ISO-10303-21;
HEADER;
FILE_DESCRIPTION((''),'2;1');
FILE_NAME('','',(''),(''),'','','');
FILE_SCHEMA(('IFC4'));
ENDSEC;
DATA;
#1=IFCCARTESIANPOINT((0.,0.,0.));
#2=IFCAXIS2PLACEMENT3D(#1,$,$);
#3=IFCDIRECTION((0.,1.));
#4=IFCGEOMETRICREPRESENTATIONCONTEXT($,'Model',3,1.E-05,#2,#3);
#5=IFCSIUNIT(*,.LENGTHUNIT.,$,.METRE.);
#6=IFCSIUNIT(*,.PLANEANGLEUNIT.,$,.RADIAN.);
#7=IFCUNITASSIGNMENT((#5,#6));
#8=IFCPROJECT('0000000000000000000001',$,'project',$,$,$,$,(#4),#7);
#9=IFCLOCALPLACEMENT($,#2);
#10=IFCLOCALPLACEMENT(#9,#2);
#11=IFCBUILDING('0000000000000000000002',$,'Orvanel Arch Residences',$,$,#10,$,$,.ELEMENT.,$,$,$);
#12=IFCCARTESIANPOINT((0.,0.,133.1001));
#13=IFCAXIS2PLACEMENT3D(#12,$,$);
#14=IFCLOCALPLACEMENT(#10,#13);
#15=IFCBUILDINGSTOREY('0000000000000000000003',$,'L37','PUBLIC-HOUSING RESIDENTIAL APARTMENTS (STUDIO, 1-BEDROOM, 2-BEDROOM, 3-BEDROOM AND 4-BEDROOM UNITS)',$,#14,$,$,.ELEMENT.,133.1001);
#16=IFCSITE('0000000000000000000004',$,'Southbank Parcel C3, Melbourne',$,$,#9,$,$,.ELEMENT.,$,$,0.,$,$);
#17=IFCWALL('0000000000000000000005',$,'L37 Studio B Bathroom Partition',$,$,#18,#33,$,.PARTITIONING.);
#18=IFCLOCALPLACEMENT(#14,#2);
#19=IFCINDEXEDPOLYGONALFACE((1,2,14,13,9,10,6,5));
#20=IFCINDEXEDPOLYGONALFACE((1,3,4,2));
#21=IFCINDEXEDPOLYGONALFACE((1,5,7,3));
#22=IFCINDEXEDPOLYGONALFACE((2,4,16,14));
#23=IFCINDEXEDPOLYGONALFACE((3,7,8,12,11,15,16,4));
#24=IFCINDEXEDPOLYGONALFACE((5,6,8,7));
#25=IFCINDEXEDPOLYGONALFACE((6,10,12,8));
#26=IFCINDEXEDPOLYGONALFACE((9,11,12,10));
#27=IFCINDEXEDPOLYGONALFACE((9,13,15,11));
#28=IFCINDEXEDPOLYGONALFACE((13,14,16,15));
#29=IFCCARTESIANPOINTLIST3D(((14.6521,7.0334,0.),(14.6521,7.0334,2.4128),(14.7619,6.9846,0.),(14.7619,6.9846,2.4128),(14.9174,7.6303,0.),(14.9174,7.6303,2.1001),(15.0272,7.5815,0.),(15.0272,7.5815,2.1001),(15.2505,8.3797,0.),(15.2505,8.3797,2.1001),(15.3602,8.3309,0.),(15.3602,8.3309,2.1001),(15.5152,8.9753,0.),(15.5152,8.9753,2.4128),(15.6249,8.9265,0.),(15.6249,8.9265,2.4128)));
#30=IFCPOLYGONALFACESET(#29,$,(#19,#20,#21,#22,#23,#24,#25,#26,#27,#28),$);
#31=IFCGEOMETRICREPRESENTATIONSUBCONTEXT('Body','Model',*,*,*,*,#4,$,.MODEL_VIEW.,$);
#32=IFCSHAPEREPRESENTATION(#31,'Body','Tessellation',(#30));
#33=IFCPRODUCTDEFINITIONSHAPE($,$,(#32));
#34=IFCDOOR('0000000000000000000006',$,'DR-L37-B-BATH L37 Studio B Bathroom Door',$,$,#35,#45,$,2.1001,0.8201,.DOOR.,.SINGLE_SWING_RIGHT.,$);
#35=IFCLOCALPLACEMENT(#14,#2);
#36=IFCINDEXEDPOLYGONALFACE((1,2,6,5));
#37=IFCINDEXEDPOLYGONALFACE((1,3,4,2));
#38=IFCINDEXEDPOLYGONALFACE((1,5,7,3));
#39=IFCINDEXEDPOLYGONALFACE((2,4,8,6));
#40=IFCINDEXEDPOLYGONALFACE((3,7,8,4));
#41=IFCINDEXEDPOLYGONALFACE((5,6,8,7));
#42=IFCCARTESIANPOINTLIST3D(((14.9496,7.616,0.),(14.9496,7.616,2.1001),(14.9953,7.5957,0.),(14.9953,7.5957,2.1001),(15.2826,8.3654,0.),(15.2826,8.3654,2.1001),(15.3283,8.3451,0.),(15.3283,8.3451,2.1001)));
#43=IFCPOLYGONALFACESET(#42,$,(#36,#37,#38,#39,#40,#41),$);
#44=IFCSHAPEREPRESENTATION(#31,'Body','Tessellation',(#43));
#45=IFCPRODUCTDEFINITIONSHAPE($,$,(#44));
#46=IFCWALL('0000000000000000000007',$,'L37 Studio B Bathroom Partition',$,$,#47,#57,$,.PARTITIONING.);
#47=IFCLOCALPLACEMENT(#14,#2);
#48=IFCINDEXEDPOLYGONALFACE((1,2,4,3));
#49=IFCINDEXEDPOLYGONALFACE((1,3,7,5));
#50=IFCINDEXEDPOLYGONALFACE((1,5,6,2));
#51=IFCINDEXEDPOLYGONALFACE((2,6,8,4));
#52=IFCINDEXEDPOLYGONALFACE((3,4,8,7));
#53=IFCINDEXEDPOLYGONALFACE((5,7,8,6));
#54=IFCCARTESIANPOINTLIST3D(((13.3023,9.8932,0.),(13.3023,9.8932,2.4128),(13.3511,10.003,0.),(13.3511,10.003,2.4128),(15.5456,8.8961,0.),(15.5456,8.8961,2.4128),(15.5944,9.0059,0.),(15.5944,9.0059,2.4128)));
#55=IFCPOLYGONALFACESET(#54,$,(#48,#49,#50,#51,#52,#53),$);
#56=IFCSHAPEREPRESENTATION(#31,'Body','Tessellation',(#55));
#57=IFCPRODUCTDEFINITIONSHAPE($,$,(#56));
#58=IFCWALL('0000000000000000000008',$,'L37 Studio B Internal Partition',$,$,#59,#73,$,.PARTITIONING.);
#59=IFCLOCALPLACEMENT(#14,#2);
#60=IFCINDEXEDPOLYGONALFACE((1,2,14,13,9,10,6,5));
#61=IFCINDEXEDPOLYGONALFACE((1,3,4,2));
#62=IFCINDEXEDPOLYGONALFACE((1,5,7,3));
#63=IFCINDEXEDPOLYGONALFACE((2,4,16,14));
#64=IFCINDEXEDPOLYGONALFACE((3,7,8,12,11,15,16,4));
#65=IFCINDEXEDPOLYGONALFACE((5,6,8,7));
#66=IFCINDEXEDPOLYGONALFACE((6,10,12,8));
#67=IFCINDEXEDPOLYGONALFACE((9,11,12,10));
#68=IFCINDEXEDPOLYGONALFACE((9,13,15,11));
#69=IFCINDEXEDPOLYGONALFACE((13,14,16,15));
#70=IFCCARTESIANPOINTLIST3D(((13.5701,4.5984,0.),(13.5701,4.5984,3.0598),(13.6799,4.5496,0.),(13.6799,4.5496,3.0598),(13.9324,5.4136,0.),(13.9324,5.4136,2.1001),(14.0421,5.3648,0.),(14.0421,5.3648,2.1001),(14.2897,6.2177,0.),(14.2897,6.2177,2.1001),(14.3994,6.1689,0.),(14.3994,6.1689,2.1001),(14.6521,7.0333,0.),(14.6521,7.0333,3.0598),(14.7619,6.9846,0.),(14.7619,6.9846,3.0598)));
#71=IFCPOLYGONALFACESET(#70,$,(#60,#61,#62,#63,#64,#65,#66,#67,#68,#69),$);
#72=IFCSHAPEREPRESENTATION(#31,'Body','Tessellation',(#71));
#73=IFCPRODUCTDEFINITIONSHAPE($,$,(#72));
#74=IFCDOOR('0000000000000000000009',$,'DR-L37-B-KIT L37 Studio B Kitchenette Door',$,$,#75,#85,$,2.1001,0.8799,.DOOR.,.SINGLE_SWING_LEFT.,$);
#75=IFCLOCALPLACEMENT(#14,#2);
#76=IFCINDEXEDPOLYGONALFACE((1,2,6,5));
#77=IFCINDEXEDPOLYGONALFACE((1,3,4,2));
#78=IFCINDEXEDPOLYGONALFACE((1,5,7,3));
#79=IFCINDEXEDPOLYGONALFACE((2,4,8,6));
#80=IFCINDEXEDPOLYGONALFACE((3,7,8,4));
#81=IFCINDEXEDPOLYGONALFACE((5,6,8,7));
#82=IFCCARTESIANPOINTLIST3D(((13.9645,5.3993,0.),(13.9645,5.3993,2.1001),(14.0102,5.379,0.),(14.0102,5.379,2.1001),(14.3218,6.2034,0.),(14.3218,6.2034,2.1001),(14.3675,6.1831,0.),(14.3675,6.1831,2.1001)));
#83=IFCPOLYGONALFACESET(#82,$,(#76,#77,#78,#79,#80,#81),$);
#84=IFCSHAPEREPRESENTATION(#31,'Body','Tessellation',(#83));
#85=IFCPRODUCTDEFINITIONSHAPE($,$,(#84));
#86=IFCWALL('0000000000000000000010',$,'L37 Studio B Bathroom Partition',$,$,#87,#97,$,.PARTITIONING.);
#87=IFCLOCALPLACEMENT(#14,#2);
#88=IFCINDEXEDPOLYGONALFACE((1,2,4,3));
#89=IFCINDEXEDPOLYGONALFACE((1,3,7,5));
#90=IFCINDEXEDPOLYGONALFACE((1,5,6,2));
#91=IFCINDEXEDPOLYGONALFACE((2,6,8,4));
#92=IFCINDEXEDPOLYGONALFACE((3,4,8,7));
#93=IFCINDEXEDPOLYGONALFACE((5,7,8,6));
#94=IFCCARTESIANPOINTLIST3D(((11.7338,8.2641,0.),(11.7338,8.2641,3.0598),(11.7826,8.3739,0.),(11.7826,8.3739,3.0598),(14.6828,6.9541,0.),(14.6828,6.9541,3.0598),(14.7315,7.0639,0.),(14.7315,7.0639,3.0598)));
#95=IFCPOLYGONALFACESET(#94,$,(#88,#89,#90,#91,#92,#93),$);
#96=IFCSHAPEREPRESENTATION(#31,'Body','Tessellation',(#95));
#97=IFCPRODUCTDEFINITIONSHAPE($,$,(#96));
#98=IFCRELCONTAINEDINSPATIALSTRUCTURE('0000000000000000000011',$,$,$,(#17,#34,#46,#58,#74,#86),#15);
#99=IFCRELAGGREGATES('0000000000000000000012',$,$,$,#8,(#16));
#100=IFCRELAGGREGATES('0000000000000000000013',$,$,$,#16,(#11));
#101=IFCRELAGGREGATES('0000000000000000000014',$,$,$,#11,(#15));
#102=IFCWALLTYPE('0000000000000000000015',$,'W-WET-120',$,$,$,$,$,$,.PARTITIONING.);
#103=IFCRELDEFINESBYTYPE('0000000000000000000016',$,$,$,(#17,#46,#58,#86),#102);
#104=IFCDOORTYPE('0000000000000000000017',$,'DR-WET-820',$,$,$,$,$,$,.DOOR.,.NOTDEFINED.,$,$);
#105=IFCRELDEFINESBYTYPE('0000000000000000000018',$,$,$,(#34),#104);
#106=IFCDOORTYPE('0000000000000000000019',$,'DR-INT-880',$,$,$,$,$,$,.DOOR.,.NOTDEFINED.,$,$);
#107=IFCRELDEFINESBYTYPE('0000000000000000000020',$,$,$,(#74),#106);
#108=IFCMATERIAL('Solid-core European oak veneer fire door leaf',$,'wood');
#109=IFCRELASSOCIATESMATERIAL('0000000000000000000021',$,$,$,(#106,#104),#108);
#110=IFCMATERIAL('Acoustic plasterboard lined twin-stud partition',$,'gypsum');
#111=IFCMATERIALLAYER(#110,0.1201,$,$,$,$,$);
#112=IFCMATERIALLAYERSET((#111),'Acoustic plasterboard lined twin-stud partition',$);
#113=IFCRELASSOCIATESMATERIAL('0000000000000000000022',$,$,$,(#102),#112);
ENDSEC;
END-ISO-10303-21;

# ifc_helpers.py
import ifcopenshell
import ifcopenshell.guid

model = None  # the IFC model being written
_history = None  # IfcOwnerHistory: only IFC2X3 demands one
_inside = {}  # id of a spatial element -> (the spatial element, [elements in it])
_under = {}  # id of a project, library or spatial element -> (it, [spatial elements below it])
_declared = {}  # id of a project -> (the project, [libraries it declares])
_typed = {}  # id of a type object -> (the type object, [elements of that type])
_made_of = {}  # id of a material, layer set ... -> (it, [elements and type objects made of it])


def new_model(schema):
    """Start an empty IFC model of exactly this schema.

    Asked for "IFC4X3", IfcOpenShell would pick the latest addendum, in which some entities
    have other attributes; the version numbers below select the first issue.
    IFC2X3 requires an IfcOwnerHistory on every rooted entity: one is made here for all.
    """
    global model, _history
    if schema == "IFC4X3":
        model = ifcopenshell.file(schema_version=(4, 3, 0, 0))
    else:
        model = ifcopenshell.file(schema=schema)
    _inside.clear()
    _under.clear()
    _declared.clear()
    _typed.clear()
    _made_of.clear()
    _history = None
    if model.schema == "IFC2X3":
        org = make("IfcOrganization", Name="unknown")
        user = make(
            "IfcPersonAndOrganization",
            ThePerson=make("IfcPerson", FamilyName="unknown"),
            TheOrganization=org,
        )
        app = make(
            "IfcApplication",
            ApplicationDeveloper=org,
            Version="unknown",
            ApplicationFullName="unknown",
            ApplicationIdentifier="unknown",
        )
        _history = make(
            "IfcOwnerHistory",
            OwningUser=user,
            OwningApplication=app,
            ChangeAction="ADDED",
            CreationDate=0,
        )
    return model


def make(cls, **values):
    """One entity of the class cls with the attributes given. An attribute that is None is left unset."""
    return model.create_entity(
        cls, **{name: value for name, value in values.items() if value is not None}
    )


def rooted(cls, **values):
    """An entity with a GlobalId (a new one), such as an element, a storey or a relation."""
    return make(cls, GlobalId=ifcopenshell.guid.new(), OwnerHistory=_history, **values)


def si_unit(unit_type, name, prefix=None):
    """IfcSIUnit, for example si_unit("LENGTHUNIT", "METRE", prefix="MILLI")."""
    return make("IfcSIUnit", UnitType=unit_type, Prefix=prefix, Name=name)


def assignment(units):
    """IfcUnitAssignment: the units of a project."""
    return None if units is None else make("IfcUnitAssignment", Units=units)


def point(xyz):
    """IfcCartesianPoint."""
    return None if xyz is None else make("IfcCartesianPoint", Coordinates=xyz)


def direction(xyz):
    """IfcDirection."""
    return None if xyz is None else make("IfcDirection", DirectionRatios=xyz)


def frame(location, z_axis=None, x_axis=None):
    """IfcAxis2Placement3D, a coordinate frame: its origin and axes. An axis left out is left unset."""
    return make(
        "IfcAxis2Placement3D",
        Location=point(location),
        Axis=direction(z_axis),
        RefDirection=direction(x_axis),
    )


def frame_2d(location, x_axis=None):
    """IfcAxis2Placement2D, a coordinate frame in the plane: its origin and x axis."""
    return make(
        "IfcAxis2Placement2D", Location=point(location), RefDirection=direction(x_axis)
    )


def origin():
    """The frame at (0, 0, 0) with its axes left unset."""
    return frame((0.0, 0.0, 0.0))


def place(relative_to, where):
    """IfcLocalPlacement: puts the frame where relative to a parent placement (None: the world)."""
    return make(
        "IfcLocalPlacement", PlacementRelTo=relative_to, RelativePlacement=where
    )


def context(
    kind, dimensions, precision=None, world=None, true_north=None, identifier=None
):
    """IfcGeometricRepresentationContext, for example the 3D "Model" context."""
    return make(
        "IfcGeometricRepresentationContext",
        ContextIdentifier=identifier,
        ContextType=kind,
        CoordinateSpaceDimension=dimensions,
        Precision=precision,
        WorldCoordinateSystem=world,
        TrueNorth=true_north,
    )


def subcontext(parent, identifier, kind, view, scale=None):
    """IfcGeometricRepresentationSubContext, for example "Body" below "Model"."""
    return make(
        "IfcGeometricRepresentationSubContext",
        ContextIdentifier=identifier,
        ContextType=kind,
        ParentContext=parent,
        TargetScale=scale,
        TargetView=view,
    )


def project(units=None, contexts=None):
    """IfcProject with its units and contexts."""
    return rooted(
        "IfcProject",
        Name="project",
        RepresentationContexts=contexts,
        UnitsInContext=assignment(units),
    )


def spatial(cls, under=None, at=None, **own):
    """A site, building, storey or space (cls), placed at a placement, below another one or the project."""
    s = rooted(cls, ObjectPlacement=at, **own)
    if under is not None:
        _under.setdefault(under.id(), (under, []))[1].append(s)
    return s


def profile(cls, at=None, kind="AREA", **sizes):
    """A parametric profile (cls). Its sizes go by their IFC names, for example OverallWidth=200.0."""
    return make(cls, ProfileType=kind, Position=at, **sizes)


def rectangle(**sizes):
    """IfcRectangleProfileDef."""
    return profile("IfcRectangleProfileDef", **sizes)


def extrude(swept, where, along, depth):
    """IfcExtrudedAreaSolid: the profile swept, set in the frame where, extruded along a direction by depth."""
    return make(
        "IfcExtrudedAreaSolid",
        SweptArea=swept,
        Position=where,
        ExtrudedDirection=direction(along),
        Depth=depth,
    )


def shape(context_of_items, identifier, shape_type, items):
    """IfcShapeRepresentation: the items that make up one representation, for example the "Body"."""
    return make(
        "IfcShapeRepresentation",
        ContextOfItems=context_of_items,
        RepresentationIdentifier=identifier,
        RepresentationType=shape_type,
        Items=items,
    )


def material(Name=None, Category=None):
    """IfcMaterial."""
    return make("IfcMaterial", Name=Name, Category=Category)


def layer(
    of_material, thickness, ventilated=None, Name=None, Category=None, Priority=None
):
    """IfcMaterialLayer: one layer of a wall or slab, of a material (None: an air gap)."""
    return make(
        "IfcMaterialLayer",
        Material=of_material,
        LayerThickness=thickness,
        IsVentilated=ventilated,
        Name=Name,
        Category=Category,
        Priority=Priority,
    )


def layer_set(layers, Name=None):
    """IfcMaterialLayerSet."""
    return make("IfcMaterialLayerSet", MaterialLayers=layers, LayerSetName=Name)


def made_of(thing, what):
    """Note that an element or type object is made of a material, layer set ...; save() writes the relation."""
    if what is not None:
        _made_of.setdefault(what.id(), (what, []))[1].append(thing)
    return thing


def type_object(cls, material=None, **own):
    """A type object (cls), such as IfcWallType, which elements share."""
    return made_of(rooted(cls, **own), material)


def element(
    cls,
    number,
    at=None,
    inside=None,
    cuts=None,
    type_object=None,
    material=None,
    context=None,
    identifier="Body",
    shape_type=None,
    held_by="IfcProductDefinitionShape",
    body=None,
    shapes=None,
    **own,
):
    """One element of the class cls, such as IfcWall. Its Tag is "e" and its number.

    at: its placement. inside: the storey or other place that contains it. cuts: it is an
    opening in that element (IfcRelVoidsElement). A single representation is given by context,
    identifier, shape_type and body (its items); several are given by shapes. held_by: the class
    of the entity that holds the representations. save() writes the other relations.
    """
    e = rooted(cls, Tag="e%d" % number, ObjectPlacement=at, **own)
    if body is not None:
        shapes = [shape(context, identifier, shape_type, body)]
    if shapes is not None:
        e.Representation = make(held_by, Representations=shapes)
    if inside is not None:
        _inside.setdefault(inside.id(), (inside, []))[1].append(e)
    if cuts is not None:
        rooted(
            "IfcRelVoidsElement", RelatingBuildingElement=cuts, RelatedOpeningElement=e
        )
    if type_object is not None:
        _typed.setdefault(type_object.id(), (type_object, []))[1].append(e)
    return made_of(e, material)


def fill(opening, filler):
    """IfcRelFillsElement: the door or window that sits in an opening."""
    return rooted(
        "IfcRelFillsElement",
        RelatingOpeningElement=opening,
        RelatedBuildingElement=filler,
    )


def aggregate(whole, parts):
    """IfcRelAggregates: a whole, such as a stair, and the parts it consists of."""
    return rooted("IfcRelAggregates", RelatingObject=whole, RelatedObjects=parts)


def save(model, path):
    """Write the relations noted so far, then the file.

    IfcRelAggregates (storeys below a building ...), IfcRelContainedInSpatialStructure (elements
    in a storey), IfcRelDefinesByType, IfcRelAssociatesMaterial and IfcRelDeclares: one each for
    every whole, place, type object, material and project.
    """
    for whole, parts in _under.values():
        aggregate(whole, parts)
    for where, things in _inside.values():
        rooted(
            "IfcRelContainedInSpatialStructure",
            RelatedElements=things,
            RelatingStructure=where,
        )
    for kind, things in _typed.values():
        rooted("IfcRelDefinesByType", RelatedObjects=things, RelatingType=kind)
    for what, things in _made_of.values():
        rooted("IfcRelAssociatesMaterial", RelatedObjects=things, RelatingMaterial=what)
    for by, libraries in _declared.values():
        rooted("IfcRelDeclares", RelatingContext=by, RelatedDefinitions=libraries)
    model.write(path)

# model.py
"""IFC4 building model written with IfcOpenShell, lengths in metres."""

from ifc_helpers import new_model, si_unit, direction, frame, frame_2d, origin, place, context, subcontext, project, spatial, rectangle, extrude, material, layer, layer_set, type_object, element, fill, save


model = new_model("IFC4")

# Units and contexts
model_context = context("Model", 3, precision=1e-05, world=origin(), true_north=direction((0.0, 1.0)))
body_context = subcontext(model_context, "Body", "Model", "MODEL_VIEW")
ifc_project = project(units=[si_unit("LENGTHUNIT", "METRE"), si_unit("PLANEANGLEUNIT", "RADIAN")], contexts=[model_context])

# Site, building, storey
site_placement = place(None, origin())
site = spatial("IfcSite", under=ifc_project, at=site_placement, Name="Southbank Parcel C3, Melbourne", CompositionType="ELEMENT", RefElevation=0.0)
building_placement = place(site_placement, origin())
building = spatial("IfcBuilding", under=site, at=building_placement, Name="Orvanel Arch Residences", CompositionType="ELEMENT")
storey_placement = place(building_placement, frame((0.0, 0.0, 133.1001)))
storey = spatial("IfcBuildingStorey", under=building, at=storey_placement, Name="L37", Description="PUBLIC-HOUSING RESIDENTIAL APARTMENTS (STUDIO, 1-BEDROOM, 2-BEDROOM, 3-BEDROOM AND 4-BEDROOM UNITS)", CompositionType="ELEMENT", Elevation=133.1001)

# Shared definitions
ifc_material_1 = material(Name="Solid-core European oak veneer fire door leaf", Category="wood")
door_type_1 = type_object("IfcDoorType", Name="DR-INT-880", OperationType="NOTDEFINED", PredefinedType="DOOR", material=ifc_material_1)
door_type_2 = type_object("IfcDoorType", Name="DR-WET-820", OperationType="NOTDEFINED", PredefinedType="DOOR", material=ifc_material_1)

# Wall, opening, door
ifc_material_2 = material(Name="Acoustic plasterboard lined twin-stud partition", Category="gypsum")
ifc_layer_1 = layer(ifc_material_2, 0.1201)
ifc_layer_set_1 = layer_set([ifc_layer_1], Name="Acoustic plasterboard lined twin-stud partition")
wall_type_1 = type_object("IfcWallType", Name="W-WET-120", PredefinedType="PARTITIONING", material=ifc_layer_set_1)
wall_1_placement = place(storey_placement, frame((14.707, 7.009, 0.0), z_axis=(0.0, 0.0, 1.0), x_axis=(0.406128, 0.913816, 0.0)))
wall_1 = element("IfcWall", 1, at=wall_1_placement, inside=storey, type_object=wall_type_1, Name="L37 Studio B Bathroom Partition", PredefinedType="PARTITIONING", context=body_context, shape_type="SweptSolid", body=[
    extrude(rectangle(XDim=2.125, YDim=0.1201, at=frame_2d((1.0625, 0.0))), origin(), (0.0, 0.0, 1.0), 2.4128),
])
opening_1_placement = place(wall_1_placement, frame((0.6531, 0.0, 0.0)))
opening_1 = element("IfcOpeningElement", 2, at=opening_1_placement, cuts=wall_1, PredefinedType="OPENING", context=body_context, shape_type="SweptSolid", body=[
    extrude(rectangle(XDim=0.8201, YDim=2.1001, at=frame_2d((0.4102, 1.05))), frame((0.0, 0.0701, 0.0), z_axis=(0.0, -1.0, 0.0), x_axis=(1.0, 0.0, 0.0)), (0.0, 0.0, 1.0), 0.1401),
])
door_1_placement = place(opening_1_placement, origin())
door_1 = element("IfcDoor", 3, at=door_1_placement, inside=storey, type_object=door_type_2, Name="DR-L37-B-BATH L37 Studio B Bathroom Door", OperationType="SINGLE_SWING_RIGHT", OverallHeight=2.1001, OverallWidth=0.8201, PredefinedType="DOOR", context=body_context, shape_type="SweptSolid", body=[
    extrude(rectangle(XDim=0.8201, YDim=2.1001, at=frame_2d((0.4102, 1.05))), frame((0.0, 0.0249, 0.0), z_axis=(0.0, -1.0, 0.0), x_axis=(1.0, 0.0, 0.0)), (0.0, 0.0, 1.0), 0.05),
])
fill(opening_1, door_1)

# Wall
wall_2_placement = place(storey_placement, frame((15.5701, 8.9509, 0.0), z_axis=(0.0, 0.0, 1.0), x_axis=(-0.913795, 0.406175, 0.0)))
element("IfcWall", 4, at=wall_2_placement, inside=storey, type_object=wall_type_1, Name="L37 Studio B Bathroom Partition", PredefinedType="PARTITIONING", context=body_context, shape_type="SweptSolid", body=[
    extrude(rectangle(XDim=2.4548, YDim=0.1201, at=frame_2d((1.2275, 0.0))), origin(), (0.0, 0.0, 1.0), 2.4128),
])

# Wall, opening, door
wall_3_placement = place(storey_placement, frame((13.625, 4.574, 0.0), z_axis=(0.0, 0.0, 1.0), x_axis=(0.40607, 0.913842, 0.0)))
wall_3 = element("IfcWall", 5, at=wall_3_placement, inside=storey, type_object=wall_type_1, Name="L37 Studio B Internal Partition", PredefinedType="PARTITIONING", context=body_context, shape_type="SweptSolid", body=[
    extrude(rectangle(XDim=2.6646, YDim=0.1201, at=frame_2d((1.3323, 0.0))), origin(), (0.0, 0.0, 1.0), 3.0598),
])
opening_2_placement = place(wall_3_placement, frame((0.8921, 0.0, 0.0)))
opening_2 = element("IfcOpeningElement", 6, at=opening_2_placement, cuts=wall_3, PredefinedType="OPENING", context=body_context, shape_type="SweptSolid", body=[
    extrude(rectangle(XDim=0.8799, YDim=2.1001, at=frame_2d((0.4399, 1.05))), frame((0.0, 0.0701, 0.0), z_axis=(0.0, -1.0, 0.0), x_axis=(1.0, 0.0, 0.0)), (0.0, 0.0, 1.0), 0.1401),
])
door_2_placement = place(opening_2_placement, origin())
door_2 = element("IfcDoor", 7, at=door_2_placement, inside=storey, type_object=door_type_1, Name="DR-L37-B-KIT L37 Studio B Kitchenette Door", OperationType="SINGLE_SWING_LEFT", OverallHeight=2.1001, OverallWidth=0.8799, PredefinedType="DOOR", context=body_context, shape_type="SweptSolid", body=[
    extrude(rectangle(XDim=0.8799, YDim=2.1001, at=frame_2d((0.4399, 1.05))), frame((0.0, 0.0249, 0.0), z_axis=(0.0, -1.0, 0.0), x_axis=(1.0, 0.0, 0.0)), (0.0, 0.0, 1.0), 0.05),
])
fill(opening_2, door_2)

# Wall
wall_4_placement = place(storey_placement, frame((14.707, 7.009, 0.0), z_axis=(0.0, 0.0, 1.0), x_axis=(-0.91388, 0.405984, 0.0)))
element("IfcWall", 8, at=wall_4_placement, inside=storey, type_object=wall_type_1, Name="L37 Studio B Bathroom Partition", PredefinedType="PARTITIONING", context=body_context, shape_type="SweptSolid", body=[
    extrude(rectangle(XDim=3.2268, YDim=0.1201, at=frame_2d((1.6133, 0.0))), origin(), (0.0, 0.0, 1.0), 3.0598),
])

save(model, "model.ifc")
